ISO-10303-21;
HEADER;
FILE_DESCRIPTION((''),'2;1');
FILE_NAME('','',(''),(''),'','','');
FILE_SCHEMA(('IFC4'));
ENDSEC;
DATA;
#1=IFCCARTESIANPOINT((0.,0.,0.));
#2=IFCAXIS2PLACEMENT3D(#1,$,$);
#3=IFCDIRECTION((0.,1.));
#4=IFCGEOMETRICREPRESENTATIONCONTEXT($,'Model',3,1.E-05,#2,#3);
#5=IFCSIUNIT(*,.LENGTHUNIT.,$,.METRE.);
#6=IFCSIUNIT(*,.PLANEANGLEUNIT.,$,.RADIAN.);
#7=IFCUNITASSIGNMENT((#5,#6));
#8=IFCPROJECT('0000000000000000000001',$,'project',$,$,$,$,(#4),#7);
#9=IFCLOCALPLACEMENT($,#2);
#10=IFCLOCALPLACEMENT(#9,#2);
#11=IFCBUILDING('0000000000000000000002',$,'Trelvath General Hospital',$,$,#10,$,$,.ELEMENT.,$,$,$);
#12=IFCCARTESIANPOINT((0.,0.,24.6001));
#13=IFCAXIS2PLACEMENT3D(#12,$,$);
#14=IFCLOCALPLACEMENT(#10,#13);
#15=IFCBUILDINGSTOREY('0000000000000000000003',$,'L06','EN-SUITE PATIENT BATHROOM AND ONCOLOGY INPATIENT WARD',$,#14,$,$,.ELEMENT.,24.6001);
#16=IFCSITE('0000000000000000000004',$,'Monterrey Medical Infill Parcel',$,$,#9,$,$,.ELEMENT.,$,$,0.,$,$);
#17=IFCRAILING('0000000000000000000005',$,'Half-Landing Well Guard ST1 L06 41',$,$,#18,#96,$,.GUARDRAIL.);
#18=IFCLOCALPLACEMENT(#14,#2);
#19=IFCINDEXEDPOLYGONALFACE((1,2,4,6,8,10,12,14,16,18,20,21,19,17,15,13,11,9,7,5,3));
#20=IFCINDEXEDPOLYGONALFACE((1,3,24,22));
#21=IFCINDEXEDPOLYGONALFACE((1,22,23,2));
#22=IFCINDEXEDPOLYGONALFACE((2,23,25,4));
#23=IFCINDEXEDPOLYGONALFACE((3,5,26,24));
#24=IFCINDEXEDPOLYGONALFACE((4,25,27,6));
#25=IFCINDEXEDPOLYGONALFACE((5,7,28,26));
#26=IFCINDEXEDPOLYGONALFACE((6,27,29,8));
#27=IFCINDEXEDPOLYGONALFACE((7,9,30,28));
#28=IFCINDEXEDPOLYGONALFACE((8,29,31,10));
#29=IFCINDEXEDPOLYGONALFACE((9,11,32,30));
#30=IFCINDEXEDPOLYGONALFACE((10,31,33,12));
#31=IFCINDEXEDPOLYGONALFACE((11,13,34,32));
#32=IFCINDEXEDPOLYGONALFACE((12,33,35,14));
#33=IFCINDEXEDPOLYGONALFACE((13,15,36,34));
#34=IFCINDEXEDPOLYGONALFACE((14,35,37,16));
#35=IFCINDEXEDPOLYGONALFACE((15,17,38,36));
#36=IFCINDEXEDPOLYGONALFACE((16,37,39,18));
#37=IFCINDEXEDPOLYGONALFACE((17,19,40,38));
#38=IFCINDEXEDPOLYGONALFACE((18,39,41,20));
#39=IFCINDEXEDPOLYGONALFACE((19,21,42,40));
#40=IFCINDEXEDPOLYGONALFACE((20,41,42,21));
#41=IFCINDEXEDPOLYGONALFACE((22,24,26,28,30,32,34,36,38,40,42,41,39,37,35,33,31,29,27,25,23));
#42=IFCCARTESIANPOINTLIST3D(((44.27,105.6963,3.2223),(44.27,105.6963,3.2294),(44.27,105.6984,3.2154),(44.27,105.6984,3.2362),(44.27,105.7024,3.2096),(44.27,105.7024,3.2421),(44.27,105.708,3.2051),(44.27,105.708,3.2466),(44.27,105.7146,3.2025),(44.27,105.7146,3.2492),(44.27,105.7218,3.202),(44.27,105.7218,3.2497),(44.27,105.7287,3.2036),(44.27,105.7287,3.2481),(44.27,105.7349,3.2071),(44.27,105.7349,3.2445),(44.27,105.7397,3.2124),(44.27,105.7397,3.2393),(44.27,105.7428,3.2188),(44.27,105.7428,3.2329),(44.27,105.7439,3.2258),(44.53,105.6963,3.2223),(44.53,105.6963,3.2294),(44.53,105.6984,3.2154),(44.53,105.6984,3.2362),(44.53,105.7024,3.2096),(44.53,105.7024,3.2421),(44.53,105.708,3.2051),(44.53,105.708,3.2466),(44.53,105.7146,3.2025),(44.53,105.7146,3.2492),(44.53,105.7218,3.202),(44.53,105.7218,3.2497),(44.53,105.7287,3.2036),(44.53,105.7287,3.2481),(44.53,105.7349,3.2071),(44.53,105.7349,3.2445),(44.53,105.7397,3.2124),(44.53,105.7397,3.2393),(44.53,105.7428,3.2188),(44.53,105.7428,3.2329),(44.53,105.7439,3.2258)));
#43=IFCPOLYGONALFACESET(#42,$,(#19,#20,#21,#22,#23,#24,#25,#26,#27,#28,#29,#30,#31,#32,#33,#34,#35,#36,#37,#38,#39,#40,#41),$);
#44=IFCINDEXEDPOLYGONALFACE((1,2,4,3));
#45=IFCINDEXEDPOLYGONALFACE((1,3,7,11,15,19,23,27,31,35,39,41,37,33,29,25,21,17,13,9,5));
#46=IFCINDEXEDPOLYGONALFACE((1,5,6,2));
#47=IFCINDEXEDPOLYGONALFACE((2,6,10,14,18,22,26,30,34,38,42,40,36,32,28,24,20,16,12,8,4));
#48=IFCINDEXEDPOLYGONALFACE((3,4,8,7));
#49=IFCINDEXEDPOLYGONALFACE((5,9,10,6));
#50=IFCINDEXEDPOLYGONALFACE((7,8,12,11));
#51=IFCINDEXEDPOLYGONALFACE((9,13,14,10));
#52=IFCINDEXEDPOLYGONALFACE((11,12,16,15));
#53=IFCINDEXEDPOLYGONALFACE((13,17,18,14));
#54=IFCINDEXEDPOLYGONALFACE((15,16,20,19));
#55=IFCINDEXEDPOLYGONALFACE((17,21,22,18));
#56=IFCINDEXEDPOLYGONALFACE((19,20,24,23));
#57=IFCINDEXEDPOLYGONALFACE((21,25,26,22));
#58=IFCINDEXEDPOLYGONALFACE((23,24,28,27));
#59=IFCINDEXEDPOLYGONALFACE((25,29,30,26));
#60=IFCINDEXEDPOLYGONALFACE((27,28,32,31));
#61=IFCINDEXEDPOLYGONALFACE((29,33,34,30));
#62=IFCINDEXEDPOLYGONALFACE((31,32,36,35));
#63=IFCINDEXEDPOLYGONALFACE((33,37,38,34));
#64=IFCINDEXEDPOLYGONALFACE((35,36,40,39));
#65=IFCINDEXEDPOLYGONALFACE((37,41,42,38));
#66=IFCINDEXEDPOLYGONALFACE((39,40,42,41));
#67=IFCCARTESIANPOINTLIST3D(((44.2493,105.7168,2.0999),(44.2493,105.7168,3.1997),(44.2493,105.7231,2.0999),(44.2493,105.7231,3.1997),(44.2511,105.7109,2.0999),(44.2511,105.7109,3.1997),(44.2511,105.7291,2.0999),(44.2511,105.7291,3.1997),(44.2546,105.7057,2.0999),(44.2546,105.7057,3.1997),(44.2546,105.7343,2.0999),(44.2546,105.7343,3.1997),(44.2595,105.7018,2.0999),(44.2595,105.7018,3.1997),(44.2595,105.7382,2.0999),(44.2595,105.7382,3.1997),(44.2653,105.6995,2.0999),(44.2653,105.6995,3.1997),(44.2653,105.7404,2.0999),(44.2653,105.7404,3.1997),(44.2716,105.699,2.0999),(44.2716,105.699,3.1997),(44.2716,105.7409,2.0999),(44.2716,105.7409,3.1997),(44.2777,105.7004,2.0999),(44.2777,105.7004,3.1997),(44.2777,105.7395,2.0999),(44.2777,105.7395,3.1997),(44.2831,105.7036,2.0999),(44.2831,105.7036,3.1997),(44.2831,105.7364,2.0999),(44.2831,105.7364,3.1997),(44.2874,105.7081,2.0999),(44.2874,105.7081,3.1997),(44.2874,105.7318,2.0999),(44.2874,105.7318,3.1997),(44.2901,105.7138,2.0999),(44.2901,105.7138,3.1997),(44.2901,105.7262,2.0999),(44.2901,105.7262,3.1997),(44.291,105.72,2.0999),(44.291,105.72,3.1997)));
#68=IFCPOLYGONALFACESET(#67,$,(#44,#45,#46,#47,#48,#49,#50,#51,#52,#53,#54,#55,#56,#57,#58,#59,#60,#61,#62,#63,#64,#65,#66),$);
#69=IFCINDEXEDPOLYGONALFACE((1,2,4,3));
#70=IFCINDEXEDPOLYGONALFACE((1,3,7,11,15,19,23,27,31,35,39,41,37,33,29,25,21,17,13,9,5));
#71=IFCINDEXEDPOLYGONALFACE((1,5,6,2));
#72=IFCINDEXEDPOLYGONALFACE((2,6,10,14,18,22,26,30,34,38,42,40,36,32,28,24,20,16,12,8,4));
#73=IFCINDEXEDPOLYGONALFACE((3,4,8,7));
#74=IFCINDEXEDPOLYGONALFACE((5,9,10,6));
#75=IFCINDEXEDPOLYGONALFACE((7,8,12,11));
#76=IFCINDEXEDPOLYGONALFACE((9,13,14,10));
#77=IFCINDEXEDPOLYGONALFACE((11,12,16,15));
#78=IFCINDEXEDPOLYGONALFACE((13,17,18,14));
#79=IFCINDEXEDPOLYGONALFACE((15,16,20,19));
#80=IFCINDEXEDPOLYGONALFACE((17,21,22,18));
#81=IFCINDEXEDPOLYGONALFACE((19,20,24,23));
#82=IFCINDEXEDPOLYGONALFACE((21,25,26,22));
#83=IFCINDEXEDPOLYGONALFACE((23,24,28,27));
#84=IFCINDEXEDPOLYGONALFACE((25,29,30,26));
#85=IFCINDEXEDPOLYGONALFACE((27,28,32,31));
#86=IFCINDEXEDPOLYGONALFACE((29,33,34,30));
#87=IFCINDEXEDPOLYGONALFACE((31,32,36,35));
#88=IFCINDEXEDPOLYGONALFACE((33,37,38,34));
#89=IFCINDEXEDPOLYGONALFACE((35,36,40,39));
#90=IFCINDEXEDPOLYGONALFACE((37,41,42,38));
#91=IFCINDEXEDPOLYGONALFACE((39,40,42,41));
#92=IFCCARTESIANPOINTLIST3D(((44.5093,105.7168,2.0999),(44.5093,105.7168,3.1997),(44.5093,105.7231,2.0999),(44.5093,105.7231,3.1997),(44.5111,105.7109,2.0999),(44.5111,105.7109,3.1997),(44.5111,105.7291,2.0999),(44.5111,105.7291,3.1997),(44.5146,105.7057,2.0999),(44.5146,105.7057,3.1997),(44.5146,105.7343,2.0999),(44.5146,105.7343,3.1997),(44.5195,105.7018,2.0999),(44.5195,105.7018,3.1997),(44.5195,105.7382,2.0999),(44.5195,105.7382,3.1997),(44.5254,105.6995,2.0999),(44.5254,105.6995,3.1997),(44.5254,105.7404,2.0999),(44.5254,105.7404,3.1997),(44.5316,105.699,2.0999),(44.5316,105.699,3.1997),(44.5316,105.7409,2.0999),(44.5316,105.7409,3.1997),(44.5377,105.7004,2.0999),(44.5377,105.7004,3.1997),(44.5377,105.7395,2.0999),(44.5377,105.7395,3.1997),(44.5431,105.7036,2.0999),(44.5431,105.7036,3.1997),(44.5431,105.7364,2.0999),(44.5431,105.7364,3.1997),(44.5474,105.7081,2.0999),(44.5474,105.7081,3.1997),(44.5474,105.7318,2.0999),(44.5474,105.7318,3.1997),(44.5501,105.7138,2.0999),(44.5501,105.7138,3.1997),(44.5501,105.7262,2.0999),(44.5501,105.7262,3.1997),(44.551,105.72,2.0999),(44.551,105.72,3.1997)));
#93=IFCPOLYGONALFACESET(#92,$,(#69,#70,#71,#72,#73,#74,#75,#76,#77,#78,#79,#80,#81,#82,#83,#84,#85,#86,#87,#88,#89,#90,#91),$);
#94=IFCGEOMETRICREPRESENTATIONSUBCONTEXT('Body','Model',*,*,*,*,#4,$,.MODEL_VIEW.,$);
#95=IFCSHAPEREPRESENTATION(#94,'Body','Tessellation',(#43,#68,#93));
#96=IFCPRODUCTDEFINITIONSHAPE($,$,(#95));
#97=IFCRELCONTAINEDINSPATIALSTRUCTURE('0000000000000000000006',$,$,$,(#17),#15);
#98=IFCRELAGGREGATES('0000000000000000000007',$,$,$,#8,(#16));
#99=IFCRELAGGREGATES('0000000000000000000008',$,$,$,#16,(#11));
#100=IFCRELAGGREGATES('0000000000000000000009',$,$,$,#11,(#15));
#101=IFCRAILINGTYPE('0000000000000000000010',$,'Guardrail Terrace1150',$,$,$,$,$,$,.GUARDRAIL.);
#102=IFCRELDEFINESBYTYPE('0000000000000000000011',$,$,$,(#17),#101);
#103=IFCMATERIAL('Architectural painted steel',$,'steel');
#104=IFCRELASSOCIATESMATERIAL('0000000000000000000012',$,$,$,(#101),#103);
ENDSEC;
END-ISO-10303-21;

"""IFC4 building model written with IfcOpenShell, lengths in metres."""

from ifc_helpers import new_model, si_unit, direction, frame, origin, origin_2d, place, context, subcontext, project, spatial, circle, extrude, material, type_object, element, save


model = new_model("IFC4")

# Units and contexts
model_context = context("Model", 3, precision=1e-05, world=origin(), true_north=direction((0.0, 1.0)))
body_context = subcontext(model_context, "Body", "Model", "MODEL_VIEW")
ifc_project = project(units=[si_unit("LENGTHUNIT", "METRE"), si_unit("PLANEANGLEUNIT", "RADIAN")], contexts=[model_context])

# Site, building, storey
site_placement = place(None, origin())
site = spatial("IfcSite", under=ifc_project, at=site_placement, Name="Monterrey Medical Infill Parcel", CompositionType="ELEMENT", RefElevation=0.0)
building_placement = place(site_placement, origin())
building = spatial("IfcBuilding", under=site, at=building_placement, Name="Trelvath General Hospital", CompositionType="ELEMENT")
storey_placement = place(building_placement, frame((0.0, 0.0, 24.6001)))
storey = spatial("IfcBuildingStorey", under=building, at=storey_placement, Name="L06", Description="EN-SUITE PATIENT BATHROOM AND ONCOLOGY INPATIENT WARD", CompositionType="ELEMENT", Elevation=24.6001)

# Railing
ifc_material_1 = material(Name="Architectural painted steel", Category="steel")
railing_type_1 = type_object("IfcRailingType", Name="Guardrail Terrace1150", PredefinedType="GUARDRAIL", material=ifc_material_1)
railing_1_placement = place(storey_placement, frame((44.27, 105.72, 2.0999)))
element("IfcRailing", 1, at=railing_1_placement, inside=storey, type_object=railing_type_1, Name="Half-Landing Well Guard ST1 L06 41", PredefinedType="GUARDRAIL", context=body_context, shape_type="SweptSolid", body=[
    extrude(circle(Radius=0.0239, at=origin_2d()), frame((0.0, 0.0, 1.126), z_axis=(1.0, 0.0, 0.0), x_axis=(0.0, 1.0, 0.0)), (0.0, 0.0, 1.0), 0.26),
    extrude(circle(Radius=0.021, at=origin_2d()), origin(), (0.0, 0.0, 1.0), 1.0999),
    extrude(circle(Radius=0.021, at=origin_2d()), frame((0.26, 0.0, 0.0)), (0.0, 0.0, 1.0), 1.0999),
])

save(model, "model.ifc")
